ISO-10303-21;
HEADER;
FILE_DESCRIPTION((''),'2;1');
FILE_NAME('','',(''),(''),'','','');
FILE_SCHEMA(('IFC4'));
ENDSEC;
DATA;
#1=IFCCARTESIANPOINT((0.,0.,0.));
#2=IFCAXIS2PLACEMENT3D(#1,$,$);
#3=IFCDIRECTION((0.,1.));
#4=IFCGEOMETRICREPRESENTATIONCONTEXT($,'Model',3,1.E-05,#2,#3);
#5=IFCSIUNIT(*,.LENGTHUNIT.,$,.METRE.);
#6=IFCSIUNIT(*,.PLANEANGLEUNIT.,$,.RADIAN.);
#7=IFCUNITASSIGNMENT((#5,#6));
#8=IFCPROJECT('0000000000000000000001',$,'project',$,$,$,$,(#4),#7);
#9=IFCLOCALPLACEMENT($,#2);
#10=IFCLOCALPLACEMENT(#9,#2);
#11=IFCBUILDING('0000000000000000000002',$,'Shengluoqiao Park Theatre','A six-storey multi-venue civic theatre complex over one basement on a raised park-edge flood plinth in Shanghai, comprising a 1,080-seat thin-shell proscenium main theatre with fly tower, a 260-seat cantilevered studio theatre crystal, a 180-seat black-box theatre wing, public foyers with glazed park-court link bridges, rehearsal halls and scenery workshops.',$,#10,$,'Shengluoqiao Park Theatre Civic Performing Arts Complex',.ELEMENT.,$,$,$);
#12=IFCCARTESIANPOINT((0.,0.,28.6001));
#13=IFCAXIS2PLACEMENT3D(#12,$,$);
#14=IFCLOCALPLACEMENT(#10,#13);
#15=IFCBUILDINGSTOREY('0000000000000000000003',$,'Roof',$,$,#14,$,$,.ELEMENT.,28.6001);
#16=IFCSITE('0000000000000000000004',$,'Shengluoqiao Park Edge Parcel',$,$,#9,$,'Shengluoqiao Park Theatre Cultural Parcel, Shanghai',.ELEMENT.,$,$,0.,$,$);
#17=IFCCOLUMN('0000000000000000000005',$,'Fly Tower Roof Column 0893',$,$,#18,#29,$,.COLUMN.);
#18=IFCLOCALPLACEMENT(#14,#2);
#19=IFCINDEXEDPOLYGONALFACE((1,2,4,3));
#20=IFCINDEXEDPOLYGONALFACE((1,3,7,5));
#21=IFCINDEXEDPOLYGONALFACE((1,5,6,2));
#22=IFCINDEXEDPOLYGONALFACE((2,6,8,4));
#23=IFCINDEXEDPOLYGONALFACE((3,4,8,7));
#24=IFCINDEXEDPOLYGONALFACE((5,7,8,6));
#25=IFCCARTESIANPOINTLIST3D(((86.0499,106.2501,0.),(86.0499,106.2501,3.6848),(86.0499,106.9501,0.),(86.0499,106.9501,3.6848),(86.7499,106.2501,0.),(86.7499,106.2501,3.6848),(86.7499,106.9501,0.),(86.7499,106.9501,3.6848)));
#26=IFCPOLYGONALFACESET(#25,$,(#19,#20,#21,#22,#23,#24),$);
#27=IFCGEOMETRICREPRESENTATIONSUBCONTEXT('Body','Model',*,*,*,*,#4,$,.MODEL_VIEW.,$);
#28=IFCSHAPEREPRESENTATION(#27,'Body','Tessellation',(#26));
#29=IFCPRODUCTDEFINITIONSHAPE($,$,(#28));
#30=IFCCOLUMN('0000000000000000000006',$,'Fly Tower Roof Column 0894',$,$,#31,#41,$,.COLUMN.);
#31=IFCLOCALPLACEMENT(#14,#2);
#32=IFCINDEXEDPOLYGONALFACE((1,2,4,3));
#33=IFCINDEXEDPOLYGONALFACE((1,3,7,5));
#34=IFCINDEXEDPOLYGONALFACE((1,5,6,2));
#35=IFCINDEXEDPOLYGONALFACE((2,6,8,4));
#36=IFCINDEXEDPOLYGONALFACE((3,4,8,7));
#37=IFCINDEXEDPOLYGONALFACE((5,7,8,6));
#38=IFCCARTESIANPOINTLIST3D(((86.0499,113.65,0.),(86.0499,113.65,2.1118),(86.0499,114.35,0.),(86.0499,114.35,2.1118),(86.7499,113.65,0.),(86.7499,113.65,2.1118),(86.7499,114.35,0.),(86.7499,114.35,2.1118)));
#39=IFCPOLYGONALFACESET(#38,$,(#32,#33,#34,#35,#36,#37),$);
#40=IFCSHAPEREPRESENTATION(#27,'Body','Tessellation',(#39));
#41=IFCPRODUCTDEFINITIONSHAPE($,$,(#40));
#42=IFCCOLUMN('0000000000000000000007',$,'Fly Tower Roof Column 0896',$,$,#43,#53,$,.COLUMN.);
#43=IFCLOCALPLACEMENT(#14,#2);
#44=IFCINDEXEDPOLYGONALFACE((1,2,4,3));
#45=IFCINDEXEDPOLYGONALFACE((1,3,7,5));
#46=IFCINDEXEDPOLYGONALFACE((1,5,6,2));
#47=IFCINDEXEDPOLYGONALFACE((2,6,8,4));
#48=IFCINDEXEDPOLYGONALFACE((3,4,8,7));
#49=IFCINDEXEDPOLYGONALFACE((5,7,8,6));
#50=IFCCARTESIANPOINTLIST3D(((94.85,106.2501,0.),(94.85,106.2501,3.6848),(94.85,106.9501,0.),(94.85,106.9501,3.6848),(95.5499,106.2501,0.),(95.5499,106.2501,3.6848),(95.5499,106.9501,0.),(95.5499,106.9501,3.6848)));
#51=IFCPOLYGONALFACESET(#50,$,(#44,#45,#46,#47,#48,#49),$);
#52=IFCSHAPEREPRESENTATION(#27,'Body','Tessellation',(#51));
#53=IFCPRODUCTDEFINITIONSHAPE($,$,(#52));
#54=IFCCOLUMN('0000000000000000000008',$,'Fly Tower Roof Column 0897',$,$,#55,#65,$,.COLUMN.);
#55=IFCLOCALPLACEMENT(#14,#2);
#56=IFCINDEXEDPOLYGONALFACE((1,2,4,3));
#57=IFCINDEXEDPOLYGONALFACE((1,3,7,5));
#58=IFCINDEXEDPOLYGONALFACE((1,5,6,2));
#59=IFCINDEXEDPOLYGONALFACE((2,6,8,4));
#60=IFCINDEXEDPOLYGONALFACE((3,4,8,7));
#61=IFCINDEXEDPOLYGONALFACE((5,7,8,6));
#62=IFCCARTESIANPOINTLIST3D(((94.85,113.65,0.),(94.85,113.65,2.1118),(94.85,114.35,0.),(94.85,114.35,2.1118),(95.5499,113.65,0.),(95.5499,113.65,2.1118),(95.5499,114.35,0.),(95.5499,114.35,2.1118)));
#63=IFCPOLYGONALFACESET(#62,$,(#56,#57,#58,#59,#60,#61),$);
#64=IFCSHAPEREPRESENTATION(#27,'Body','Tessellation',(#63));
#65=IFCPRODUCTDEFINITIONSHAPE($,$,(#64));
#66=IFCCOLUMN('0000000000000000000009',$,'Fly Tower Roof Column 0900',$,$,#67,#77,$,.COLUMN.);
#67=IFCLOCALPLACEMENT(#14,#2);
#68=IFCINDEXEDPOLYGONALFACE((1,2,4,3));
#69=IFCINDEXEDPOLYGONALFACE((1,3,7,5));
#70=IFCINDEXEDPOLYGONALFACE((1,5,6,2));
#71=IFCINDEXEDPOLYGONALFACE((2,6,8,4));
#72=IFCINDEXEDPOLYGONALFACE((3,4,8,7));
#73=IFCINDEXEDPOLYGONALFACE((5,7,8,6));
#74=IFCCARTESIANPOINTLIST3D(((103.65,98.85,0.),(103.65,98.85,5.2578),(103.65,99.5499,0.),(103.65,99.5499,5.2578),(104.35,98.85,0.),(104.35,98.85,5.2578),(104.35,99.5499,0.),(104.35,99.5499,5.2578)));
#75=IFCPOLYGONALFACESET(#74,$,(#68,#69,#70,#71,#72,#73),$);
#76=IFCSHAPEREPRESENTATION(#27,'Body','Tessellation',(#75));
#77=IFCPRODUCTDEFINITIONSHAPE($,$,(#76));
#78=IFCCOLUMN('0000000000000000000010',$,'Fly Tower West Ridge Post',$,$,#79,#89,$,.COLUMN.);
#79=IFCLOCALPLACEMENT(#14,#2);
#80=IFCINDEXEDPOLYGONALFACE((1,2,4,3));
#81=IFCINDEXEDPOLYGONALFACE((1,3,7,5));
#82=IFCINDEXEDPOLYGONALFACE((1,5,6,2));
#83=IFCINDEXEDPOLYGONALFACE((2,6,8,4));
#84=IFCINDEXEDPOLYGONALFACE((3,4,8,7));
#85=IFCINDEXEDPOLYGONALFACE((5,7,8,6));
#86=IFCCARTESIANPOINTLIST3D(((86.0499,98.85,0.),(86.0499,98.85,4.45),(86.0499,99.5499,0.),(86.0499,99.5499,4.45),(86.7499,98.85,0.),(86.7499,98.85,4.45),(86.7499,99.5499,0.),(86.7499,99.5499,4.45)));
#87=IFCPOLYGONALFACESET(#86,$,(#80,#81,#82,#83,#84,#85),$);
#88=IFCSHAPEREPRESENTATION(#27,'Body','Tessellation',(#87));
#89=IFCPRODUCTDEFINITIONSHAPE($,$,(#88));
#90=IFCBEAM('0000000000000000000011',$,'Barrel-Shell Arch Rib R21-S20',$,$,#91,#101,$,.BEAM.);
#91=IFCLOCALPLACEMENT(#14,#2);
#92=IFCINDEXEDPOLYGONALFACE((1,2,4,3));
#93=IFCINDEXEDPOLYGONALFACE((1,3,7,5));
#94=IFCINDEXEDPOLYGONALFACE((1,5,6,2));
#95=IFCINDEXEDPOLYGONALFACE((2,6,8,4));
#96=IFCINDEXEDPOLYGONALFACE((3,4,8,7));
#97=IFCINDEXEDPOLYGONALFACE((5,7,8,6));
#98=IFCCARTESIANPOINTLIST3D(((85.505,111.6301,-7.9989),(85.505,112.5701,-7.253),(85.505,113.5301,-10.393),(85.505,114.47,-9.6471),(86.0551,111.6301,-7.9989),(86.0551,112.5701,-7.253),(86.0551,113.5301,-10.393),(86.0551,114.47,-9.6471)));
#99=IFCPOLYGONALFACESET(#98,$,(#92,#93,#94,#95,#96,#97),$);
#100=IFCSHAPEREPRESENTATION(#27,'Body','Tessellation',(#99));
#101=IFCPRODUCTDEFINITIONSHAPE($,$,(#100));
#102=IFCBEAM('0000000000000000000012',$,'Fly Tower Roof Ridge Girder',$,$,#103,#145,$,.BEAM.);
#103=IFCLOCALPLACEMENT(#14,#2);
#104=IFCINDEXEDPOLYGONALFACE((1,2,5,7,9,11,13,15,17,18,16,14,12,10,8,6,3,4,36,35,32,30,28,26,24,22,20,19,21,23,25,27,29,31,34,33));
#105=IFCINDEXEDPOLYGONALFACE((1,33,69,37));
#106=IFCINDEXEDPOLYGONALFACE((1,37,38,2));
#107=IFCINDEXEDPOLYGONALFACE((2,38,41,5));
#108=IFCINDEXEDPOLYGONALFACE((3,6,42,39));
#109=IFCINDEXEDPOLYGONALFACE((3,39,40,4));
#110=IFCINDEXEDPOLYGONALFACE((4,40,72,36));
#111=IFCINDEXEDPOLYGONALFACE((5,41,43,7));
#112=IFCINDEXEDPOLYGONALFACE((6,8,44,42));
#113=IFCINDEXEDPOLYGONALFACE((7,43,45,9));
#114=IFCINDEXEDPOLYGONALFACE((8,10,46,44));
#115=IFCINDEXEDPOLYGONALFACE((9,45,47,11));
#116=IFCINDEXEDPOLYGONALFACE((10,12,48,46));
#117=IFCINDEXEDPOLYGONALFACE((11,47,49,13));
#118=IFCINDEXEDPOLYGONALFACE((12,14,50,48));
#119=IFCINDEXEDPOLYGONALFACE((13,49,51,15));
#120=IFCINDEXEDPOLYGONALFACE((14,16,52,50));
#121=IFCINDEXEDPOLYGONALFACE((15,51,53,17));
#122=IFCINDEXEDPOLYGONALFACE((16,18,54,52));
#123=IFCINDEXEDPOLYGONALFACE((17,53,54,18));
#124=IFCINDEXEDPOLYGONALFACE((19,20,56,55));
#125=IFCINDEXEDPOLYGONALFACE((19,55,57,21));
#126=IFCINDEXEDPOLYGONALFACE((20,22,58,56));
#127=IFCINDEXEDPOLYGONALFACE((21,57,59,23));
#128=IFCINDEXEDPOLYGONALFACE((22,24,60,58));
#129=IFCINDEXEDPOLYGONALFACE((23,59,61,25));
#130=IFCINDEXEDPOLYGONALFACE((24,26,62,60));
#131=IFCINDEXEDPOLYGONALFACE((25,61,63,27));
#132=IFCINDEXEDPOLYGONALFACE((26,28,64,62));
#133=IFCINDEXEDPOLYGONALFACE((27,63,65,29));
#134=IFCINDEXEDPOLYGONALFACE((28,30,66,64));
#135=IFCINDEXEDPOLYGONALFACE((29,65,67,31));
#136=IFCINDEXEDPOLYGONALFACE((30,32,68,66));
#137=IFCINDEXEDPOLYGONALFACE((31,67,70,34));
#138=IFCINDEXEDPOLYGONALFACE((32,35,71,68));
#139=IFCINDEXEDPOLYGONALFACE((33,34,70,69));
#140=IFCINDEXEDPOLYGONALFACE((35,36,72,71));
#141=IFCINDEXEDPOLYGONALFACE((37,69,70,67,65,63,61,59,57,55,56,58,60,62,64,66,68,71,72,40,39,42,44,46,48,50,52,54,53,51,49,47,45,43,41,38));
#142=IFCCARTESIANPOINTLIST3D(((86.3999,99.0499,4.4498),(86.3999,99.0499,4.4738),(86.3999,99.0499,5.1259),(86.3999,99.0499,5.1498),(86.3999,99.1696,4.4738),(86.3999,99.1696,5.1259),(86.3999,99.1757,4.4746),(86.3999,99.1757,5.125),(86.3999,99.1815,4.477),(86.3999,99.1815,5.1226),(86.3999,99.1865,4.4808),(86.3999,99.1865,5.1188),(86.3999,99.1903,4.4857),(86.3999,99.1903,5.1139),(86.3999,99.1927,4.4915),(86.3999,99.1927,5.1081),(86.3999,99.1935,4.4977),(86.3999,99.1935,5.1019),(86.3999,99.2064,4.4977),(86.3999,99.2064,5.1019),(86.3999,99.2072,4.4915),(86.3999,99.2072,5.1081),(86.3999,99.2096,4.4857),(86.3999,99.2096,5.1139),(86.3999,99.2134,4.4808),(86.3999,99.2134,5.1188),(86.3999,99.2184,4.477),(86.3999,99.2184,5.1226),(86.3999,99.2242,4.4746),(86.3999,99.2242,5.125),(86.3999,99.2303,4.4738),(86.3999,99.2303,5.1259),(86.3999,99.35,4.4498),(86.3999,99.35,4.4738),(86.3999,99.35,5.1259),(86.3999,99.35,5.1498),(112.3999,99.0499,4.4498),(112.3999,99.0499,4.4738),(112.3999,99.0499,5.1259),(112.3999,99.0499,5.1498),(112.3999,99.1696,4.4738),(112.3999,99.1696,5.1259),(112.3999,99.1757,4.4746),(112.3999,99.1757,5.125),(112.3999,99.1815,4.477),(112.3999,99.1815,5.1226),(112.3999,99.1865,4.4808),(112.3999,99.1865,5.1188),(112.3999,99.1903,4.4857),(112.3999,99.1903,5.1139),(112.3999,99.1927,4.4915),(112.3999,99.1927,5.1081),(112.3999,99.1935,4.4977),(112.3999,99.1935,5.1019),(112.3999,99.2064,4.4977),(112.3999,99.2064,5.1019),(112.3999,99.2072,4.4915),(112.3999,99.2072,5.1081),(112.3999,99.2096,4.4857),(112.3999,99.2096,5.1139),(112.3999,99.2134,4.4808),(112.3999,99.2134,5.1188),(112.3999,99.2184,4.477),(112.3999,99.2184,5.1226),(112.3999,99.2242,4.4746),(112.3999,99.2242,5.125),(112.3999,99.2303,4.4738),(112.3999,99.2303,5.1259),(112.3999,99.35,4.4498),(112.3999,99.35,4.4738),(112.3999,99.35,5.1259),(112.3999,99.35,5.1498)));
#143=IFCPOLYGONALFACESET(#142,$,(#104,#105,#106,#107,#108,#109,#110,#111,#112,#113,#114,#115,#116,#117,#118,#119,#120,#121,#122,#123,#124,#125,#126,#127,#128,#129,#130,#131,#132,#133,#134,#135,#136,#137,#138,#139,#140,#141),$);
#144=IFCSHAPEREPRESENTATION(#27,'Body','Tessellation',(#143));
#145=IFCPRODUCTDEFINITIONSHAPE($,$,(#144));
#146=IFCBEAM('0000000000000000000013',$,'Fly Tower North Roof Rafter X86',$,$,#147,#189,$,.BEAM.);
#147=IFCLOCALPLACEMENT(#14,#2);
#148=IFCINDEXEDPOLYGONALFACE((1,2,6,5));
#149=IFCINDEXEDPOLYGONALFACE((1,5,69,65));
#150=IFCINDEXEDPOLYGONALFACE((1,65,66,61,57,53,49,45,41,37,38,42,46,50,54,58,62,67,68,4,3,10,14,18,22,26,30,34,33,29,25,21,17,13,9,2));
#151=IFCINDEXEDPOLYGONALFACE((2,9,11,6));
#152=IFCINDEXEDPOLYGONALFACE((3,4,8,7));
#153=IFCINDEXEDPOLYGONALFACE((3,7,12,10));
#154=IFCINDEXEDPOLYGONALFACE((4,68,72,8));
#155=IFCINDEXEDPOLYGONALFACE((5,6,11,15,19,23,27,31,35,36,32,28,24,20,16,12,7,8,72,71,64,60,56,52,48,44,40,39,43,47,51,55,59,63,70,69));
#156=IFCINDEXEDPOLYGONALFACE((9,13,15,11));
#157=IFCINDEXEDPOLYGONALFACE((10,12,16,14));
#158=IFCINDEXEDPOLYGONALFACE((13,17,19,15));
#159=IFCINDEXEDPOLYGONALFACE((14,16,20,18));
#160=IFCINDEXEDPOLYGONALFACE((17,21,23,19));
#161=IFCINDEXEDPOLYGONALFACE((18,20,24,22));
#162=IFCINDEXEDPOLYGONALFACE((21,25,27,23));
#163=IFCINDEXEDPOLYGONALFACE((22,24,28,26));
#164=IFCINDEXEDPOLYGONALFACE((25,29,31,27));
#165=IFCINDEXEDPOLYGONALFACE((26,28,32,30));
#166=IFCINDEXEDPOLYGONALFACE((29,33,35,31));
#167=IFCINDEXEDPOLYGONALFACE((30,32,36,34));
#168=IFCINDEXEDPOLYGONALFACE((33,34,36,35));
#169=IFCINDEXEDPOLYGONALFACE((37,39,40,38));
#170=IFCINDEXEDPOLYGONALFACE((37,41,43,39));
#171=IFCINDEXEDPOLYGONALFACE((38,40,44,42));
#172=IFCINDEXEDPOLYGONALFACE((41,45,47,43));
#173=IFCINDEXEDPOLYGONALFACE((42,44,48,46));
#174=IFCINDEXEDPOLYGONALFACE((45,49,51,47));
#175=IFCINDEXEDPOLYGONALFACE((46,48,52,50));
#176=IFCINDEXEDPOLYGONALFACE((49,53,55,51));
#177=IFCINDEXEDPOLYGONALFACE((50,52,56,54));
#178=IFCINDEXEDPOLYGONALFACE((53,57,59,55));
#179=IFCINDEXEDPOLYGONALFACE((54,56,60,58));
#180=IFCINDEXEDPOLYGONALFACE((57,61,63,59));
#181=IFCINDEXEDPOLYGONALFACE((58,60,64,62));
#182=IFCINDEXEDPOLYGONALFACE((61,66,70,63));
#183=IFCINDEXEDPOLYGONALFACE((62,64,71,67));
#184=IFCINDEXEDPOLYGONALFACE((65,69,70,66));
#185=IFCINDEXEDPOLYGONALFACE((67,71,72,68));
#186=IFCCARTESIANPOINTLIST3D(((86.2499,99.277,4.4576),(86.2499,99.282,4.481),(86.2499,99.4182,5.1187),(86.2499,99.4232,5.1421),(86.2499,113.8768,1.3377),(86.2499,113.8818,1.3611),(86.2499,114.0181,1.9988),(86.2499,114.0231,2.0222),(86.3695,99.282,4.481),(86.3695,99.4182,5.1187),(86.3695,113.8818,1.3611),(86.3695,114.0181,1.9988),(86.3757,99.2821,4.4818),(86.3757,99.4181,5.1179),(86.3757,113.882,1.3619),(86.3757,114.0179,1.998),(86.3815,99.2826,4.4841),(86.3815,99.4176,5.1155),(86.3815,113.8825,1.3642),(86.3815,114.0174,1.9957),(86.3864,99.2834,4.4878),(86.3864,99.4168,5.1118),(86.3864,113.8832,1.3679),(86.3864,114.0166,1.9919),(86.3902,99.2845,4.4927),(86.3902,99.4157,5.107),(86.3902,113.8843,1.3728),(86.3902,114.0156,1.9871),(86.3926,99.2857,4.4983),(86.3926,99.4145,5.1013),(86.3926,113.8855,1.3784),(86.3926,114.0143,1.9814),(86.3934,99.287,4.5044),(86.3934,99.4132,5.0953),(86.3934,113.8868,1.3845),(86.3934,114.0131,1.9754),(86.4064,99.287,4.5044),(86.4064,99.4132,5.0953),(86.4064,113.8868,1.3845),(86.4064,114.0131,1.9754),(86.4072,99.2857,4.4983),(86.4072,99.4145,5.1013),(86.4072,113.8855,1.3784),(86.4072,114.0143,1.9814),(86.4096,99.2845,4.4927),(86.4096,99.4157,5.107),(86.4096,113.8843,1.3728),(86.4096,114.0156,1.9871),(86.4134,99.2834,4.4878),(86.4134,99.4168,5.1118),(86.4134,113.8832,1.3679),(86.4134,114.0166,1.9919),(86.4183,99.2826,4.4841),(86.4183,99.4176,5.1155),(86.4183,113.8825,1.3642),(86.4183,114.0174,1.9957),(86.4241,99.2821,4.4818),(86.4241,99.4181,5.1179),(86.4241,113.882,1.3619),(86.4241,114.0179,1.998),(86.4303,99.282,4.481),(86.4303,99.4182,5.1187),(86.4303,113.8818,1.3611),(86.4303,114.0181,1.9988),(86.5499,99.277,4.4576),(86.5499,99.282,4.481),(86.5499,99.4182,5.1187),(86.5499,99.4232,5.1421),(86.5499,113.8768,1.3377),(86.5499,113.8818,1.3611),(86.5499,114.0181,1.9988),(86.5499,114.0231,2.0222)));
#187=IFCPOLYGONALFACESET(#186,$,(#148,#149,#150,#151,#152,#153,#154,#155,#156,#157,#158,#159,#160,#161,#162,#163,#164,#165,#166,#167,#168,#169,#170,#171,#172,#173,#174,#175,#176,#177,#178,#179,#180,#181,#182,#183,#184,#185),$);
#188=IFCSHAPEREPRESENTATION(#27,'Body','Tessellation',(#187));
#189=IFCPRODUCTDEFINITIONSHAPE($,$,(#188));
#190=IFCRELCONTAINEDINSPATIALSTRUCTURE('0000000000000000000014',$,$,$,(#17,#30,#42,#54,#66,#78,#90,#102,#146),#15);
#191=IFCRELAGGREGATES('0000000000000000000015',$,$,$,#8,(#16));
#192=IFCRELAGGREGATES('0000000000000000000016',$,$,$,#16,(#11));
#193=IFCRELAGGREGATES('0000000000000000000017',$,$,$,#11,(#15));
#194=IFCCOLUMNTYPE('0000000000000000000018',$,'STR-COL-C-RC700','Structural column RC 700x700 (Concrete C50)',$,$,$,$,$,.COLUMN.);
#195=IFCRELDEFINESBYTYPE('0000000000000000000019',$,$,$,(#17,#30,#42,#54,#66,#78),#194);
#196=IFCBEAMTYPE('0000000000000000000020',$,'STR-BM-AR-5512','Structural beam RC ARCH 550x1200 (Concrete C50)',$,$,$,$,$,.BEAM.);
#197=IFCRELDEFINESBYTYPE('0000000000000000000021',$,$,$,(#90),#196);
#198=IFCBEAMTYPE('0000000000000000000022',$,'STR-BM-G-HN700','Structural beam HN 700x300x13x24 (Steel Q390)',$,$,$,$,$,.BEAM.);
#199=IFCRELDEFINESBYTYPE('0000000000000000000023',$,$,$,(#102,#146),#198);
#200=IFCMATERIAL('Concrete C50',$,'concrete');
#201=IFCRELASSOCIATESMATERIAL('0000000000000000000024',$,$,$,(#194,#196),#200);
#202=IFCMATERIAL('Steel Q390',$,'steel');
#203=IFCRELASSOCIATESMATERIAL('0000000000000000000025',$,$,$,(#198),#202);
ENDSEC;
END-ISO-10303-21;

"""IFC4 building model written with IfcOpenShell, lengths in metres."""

from ifc_helpers import new_model, si_unit, direction, frame, origin, origin_2d, place, context, subcontext, project, spatial, rectangle, i_section, extrude, material, material_profile, profile_set, type_object, element, save


model = new_model("IFC4")

# Units and contexts
model_context = context("Model", 3, precision=1e-05, world=origin(), true_north=direction((0.0, 1.0)))
body_context = subcontext(model_context, "Body", "Model", "MODEL_VIEW")
ifc_project = project(units=[si_unit("LENGTHUNIT", "METRE"), si_unit("PLANEANGLEUNIT", "RADIAN")], contexts=[model_context])

# Site, building, storey
site_placement = place(None, origin())
site = spatial("IfcSite", under=ifc_project, at=site_placement, Name="Shengluoqiao Park Edge Parcel", LongName="Shengluoqiao Park Theatre Cultural Parcel, Shanghai", CompositionType="ELEMENT", RefElevation=0.0)
building_placement = place(site_placement, origin())
building = spatial("IfcBuilding", under=site, at=building_placement, Name="Shengluoqiao Park Theatre", Description="A six-storey multi-venue civic theatre complex over one basement on a raised park-edge flood plinth in Shanghai, comprising a 1,080-seat thin-shell proscenium main theatre with fly tower, a 260-seat cantilevered studio theatre crystal, a 180-seat black-box theatre wing, public foyers with glazed park-court link bridges, rehearsal halls and scenery workshops.", LongName="Shengluoqiao Park Theatre Civic Performing Arts Complex", CompositionType="ELEMENT")
storey_placement = place(building_placement, frame((0.0, 0.0, 28.6001)))
storey = spatial("IfcBuildingStorey", under=building, at=storey_placement, Name="Roof", CompositionType="ELEMENT", Elevation=28.6001)

# Columns
ifc_material_1 = material(Name="Concrete C50", Category="concrete")
ifc_material_profile_1 = material_profile(ifc_material_1, rectangle(XDim=0.7, YDim=0.7, at=origin_2d()), Name="RC 700x700")
ifc_profile_set_1 = profile_set([ifc_material_profile_1], Name="Concrete C50")
column_type = type_object("IfcColumnType", Name="STR-COL-C-RC700", Description="Structural column RC 700x700 (Concrete C50)", PredefinedType="COLUMN", material=ifc_profile_set_1)
column_1_placement = place(storey_placement, frame((86.3999, 106.6001, 0.0), z_axis=(0.0, 0.0, 1.0), x_axis=(1.0, 0.0, 0.0)))
element("IfcColumn", 1, at=column_1_placement, inside=storey, type_object=column_type, Name="Fly Tower Roof Column 0893", PredefinedType="COLUMN", context=body_context, shape_type="SweptSolid", body=[
    extrude(rectangle(XDim=0.7, YDim=0.7, at=origin_2d()), origin(), (0.0, 0.0, 1.0), 3.6848),
])
column_2_placement = place(storey_placement, frame((86.3999, 114.0, 0.0), z_axis=(0.0, 0.0, 1.0), x_axis=(1.0, 0.0, 0.0)))
element("IfcColumn", 2, at=column_2_placement, inside=storey, type_object=column_type, Name="Fly Tower Roof Column 0894", PredefinedType="COLUMN", context=body_context, shape_type="SweptSolid", body=[
    extrude(rectangle(XDim=0.7, YDim=0.7, at=origin_2d()), origin(), (0.0, 0.0, 1.0), 2.1118),
])
column_3_placement = place(storey_placement, frame((95.2, 106.6001, 0.0), z_axis=(0.0, 0.0, 1.0), x_axis=(1.0, 0.0, 0.0)))
element("IfcColumn", 3, at=column_3_placement, inside=storey, type_object=column_type, Name="Fly Tower Roof Column 0896", PredefinedType="COLUMN", context=body_context, shape_type="SweptSolid", body=[
    extrude(rectangle(XDim=0.7, YDim=0.7, at=origin_2d()), origin(), (0.0, 0.0, 1.0), 3.6848),
])
column_4_placement = place(storey_placement, frame((95.2, 114.0, 0.0), z_axis=(0.0, 0.0, 1.0), x_axis=(1.0, 0.0, 0.0)))
element("IfcColumn", 4, at=column_4_placement, inside=storey, type_object=column_type, Name="Fly Tower Roof Column 0897", PredefinedType="COLUMN", context=body_context, shape_type="SweptSolid", body=[
    extrude(rectangle(XDim=0.7, YDim=0.7, at=origin_2d()), origin(), (0.0, 0.0, 1.0), 2.1118),
])
column_5_placement = place(storey_placement, frame((104.0, 99.2, 0.0), z_axis=(0.0, 0.0, 1.0), x_axis=(1.0, 0.0, 0.0)))
element("IfcColumn", 5, at=column_5_placement, inside=storey, type_object=column_type, Name="Fly Tower Roof Column 0900", PredefinedType="COLUMN", context=body_context, shape_type="SweptSolid", body=[
    extrude(rectangle(XDim=0.7, YDim=0.7, at=origin_2d()), origin(), (0.0, 0.0, 1.0), 5.2578),
])
column_6_placement = place(storey_placement, frame((86.3999, 99.2, 0.0), z_axis=(0.0, 0.0, 1.0), x_axis=(1.0, 0.0, 0.0)))
element("IfcColumn", 6, at=column_6_placement, inside=storey, type_object=column_type, Name="Fly Tower West Ridge Post", PredefinedType="COLUMN", context=body_context, shape_type="SweptSolid", body=[
    extrude(rectangle(XDim=0.7, YDim=0.7, at=origin_2d()), origin(), (0.0, 0.0, 1.0), 4.45),
])

# Beams
ifc_material_profile_2 = material_profile(ifc_material_1, rectangle(XDim=0.55, YDim=1.2, at=origin_2d()), Name="RC ARCH 550x1200")
ifc_profile_set_2 = profile_set([ifc_material_profile_2], Name="Concrete C50")
beam_type_1 = type_object("IfcBeamType", Name="STR-BM-AR-5512", Description="Structural beam RC ARCH 550x1200 (Concrete C50)", PredefinedType="BEAM", material=ifc_profile_set_2)
beam_1_placement = place(storey_placement, frame((85.78, 112.1001, -7.626), z_axis=(0.0, 0.621631, -0.78331), x_axis=(-1.0, 0.0, 0.0)))
element("IfcBeam", 7, at=beam_1_placement, inside=storey, type_object=beam_type_1, Name="Barrel-Shell Arch Rib R21-S20", PredefinedType="BEAM", context=body_context, shape_type="SweptSolid", body=[
    extrude(rectangle(XDim=0.55, YDim=1.2, at=origin_2d()), origin(), (0.0, 0.0, 1.0), 3.0564),
])
ifc_material_2 = material(Name="Steel Q390", Category="steel")
ifc_material_profile_3 = material_profile(ifc_material_2, i_section(OverallWidth=0.3, OverallDepth=0.7, WebThickness=0.0129, FlangeThickness=0.0239, FilletRadius=0.0239, at=origin_2d()), Name="HN 700x300x13x24")
ifc_profile_set_3 = profile_set([ifc_material_profile_3], Name="Steel Q390")
beam_type_2 = type_object("IfcBeamType", Name="STR-BM-G-HN700", Description="Structural beam HN 700x300x13x24 (Steel Q390)", PredefinedType="BEAM", material=ifc_profile_set_3)
beam_2_placement = place(storey_placement, frame((86.3999, 99.2, 4.7998), z_axis=(1.0, 0.0, 0.0), x_axis=(0.0, 1.0, 0.0)))
element("IfcBeam", 8, at=beam_2_placement, inside=storey, type_object=beam_type_2, Name="Fly Tower Roof Ridge Girder", PredefinedType="BEAM", context=body_context, shape_type="SweptSolid", body=[
    extrude(i_section(OverallWidth=0.3, OverallDepth=0.7, WebThickness=0.0129, FlangeThickness=0.0239, FilletRadius=0.0239, at=origin_2d()), origin(), (0.0, 0.0, 1.0), 26.0),
])
beam_3_placement = place(storey_placement, frame((86.3999, 99.3501, 4.7998), z_axis=(0.0, 0.977921, -0.208974), x_axis=(-1.0, 0.0, 0.0)))
element("IfcBeam", 9, at=beam_3_placement, inside=storey, type_object=beam_type_2, Name="Fly Tower North Roof Rafter X86", PredefinedType="BEAM", context=body_context, shape_type="SweptSolid", body=[
    extrude(i_section(OverallWidth=0.3, OverallDepth=0.7, WebThickness=0.0129, FlangeThickness=0.0239, FilletRadius=0.0239, at=origin_2d()), origin(), (0.0, 0.0, 1.0), 14.9294),
])

save(model, "model.ifc")
